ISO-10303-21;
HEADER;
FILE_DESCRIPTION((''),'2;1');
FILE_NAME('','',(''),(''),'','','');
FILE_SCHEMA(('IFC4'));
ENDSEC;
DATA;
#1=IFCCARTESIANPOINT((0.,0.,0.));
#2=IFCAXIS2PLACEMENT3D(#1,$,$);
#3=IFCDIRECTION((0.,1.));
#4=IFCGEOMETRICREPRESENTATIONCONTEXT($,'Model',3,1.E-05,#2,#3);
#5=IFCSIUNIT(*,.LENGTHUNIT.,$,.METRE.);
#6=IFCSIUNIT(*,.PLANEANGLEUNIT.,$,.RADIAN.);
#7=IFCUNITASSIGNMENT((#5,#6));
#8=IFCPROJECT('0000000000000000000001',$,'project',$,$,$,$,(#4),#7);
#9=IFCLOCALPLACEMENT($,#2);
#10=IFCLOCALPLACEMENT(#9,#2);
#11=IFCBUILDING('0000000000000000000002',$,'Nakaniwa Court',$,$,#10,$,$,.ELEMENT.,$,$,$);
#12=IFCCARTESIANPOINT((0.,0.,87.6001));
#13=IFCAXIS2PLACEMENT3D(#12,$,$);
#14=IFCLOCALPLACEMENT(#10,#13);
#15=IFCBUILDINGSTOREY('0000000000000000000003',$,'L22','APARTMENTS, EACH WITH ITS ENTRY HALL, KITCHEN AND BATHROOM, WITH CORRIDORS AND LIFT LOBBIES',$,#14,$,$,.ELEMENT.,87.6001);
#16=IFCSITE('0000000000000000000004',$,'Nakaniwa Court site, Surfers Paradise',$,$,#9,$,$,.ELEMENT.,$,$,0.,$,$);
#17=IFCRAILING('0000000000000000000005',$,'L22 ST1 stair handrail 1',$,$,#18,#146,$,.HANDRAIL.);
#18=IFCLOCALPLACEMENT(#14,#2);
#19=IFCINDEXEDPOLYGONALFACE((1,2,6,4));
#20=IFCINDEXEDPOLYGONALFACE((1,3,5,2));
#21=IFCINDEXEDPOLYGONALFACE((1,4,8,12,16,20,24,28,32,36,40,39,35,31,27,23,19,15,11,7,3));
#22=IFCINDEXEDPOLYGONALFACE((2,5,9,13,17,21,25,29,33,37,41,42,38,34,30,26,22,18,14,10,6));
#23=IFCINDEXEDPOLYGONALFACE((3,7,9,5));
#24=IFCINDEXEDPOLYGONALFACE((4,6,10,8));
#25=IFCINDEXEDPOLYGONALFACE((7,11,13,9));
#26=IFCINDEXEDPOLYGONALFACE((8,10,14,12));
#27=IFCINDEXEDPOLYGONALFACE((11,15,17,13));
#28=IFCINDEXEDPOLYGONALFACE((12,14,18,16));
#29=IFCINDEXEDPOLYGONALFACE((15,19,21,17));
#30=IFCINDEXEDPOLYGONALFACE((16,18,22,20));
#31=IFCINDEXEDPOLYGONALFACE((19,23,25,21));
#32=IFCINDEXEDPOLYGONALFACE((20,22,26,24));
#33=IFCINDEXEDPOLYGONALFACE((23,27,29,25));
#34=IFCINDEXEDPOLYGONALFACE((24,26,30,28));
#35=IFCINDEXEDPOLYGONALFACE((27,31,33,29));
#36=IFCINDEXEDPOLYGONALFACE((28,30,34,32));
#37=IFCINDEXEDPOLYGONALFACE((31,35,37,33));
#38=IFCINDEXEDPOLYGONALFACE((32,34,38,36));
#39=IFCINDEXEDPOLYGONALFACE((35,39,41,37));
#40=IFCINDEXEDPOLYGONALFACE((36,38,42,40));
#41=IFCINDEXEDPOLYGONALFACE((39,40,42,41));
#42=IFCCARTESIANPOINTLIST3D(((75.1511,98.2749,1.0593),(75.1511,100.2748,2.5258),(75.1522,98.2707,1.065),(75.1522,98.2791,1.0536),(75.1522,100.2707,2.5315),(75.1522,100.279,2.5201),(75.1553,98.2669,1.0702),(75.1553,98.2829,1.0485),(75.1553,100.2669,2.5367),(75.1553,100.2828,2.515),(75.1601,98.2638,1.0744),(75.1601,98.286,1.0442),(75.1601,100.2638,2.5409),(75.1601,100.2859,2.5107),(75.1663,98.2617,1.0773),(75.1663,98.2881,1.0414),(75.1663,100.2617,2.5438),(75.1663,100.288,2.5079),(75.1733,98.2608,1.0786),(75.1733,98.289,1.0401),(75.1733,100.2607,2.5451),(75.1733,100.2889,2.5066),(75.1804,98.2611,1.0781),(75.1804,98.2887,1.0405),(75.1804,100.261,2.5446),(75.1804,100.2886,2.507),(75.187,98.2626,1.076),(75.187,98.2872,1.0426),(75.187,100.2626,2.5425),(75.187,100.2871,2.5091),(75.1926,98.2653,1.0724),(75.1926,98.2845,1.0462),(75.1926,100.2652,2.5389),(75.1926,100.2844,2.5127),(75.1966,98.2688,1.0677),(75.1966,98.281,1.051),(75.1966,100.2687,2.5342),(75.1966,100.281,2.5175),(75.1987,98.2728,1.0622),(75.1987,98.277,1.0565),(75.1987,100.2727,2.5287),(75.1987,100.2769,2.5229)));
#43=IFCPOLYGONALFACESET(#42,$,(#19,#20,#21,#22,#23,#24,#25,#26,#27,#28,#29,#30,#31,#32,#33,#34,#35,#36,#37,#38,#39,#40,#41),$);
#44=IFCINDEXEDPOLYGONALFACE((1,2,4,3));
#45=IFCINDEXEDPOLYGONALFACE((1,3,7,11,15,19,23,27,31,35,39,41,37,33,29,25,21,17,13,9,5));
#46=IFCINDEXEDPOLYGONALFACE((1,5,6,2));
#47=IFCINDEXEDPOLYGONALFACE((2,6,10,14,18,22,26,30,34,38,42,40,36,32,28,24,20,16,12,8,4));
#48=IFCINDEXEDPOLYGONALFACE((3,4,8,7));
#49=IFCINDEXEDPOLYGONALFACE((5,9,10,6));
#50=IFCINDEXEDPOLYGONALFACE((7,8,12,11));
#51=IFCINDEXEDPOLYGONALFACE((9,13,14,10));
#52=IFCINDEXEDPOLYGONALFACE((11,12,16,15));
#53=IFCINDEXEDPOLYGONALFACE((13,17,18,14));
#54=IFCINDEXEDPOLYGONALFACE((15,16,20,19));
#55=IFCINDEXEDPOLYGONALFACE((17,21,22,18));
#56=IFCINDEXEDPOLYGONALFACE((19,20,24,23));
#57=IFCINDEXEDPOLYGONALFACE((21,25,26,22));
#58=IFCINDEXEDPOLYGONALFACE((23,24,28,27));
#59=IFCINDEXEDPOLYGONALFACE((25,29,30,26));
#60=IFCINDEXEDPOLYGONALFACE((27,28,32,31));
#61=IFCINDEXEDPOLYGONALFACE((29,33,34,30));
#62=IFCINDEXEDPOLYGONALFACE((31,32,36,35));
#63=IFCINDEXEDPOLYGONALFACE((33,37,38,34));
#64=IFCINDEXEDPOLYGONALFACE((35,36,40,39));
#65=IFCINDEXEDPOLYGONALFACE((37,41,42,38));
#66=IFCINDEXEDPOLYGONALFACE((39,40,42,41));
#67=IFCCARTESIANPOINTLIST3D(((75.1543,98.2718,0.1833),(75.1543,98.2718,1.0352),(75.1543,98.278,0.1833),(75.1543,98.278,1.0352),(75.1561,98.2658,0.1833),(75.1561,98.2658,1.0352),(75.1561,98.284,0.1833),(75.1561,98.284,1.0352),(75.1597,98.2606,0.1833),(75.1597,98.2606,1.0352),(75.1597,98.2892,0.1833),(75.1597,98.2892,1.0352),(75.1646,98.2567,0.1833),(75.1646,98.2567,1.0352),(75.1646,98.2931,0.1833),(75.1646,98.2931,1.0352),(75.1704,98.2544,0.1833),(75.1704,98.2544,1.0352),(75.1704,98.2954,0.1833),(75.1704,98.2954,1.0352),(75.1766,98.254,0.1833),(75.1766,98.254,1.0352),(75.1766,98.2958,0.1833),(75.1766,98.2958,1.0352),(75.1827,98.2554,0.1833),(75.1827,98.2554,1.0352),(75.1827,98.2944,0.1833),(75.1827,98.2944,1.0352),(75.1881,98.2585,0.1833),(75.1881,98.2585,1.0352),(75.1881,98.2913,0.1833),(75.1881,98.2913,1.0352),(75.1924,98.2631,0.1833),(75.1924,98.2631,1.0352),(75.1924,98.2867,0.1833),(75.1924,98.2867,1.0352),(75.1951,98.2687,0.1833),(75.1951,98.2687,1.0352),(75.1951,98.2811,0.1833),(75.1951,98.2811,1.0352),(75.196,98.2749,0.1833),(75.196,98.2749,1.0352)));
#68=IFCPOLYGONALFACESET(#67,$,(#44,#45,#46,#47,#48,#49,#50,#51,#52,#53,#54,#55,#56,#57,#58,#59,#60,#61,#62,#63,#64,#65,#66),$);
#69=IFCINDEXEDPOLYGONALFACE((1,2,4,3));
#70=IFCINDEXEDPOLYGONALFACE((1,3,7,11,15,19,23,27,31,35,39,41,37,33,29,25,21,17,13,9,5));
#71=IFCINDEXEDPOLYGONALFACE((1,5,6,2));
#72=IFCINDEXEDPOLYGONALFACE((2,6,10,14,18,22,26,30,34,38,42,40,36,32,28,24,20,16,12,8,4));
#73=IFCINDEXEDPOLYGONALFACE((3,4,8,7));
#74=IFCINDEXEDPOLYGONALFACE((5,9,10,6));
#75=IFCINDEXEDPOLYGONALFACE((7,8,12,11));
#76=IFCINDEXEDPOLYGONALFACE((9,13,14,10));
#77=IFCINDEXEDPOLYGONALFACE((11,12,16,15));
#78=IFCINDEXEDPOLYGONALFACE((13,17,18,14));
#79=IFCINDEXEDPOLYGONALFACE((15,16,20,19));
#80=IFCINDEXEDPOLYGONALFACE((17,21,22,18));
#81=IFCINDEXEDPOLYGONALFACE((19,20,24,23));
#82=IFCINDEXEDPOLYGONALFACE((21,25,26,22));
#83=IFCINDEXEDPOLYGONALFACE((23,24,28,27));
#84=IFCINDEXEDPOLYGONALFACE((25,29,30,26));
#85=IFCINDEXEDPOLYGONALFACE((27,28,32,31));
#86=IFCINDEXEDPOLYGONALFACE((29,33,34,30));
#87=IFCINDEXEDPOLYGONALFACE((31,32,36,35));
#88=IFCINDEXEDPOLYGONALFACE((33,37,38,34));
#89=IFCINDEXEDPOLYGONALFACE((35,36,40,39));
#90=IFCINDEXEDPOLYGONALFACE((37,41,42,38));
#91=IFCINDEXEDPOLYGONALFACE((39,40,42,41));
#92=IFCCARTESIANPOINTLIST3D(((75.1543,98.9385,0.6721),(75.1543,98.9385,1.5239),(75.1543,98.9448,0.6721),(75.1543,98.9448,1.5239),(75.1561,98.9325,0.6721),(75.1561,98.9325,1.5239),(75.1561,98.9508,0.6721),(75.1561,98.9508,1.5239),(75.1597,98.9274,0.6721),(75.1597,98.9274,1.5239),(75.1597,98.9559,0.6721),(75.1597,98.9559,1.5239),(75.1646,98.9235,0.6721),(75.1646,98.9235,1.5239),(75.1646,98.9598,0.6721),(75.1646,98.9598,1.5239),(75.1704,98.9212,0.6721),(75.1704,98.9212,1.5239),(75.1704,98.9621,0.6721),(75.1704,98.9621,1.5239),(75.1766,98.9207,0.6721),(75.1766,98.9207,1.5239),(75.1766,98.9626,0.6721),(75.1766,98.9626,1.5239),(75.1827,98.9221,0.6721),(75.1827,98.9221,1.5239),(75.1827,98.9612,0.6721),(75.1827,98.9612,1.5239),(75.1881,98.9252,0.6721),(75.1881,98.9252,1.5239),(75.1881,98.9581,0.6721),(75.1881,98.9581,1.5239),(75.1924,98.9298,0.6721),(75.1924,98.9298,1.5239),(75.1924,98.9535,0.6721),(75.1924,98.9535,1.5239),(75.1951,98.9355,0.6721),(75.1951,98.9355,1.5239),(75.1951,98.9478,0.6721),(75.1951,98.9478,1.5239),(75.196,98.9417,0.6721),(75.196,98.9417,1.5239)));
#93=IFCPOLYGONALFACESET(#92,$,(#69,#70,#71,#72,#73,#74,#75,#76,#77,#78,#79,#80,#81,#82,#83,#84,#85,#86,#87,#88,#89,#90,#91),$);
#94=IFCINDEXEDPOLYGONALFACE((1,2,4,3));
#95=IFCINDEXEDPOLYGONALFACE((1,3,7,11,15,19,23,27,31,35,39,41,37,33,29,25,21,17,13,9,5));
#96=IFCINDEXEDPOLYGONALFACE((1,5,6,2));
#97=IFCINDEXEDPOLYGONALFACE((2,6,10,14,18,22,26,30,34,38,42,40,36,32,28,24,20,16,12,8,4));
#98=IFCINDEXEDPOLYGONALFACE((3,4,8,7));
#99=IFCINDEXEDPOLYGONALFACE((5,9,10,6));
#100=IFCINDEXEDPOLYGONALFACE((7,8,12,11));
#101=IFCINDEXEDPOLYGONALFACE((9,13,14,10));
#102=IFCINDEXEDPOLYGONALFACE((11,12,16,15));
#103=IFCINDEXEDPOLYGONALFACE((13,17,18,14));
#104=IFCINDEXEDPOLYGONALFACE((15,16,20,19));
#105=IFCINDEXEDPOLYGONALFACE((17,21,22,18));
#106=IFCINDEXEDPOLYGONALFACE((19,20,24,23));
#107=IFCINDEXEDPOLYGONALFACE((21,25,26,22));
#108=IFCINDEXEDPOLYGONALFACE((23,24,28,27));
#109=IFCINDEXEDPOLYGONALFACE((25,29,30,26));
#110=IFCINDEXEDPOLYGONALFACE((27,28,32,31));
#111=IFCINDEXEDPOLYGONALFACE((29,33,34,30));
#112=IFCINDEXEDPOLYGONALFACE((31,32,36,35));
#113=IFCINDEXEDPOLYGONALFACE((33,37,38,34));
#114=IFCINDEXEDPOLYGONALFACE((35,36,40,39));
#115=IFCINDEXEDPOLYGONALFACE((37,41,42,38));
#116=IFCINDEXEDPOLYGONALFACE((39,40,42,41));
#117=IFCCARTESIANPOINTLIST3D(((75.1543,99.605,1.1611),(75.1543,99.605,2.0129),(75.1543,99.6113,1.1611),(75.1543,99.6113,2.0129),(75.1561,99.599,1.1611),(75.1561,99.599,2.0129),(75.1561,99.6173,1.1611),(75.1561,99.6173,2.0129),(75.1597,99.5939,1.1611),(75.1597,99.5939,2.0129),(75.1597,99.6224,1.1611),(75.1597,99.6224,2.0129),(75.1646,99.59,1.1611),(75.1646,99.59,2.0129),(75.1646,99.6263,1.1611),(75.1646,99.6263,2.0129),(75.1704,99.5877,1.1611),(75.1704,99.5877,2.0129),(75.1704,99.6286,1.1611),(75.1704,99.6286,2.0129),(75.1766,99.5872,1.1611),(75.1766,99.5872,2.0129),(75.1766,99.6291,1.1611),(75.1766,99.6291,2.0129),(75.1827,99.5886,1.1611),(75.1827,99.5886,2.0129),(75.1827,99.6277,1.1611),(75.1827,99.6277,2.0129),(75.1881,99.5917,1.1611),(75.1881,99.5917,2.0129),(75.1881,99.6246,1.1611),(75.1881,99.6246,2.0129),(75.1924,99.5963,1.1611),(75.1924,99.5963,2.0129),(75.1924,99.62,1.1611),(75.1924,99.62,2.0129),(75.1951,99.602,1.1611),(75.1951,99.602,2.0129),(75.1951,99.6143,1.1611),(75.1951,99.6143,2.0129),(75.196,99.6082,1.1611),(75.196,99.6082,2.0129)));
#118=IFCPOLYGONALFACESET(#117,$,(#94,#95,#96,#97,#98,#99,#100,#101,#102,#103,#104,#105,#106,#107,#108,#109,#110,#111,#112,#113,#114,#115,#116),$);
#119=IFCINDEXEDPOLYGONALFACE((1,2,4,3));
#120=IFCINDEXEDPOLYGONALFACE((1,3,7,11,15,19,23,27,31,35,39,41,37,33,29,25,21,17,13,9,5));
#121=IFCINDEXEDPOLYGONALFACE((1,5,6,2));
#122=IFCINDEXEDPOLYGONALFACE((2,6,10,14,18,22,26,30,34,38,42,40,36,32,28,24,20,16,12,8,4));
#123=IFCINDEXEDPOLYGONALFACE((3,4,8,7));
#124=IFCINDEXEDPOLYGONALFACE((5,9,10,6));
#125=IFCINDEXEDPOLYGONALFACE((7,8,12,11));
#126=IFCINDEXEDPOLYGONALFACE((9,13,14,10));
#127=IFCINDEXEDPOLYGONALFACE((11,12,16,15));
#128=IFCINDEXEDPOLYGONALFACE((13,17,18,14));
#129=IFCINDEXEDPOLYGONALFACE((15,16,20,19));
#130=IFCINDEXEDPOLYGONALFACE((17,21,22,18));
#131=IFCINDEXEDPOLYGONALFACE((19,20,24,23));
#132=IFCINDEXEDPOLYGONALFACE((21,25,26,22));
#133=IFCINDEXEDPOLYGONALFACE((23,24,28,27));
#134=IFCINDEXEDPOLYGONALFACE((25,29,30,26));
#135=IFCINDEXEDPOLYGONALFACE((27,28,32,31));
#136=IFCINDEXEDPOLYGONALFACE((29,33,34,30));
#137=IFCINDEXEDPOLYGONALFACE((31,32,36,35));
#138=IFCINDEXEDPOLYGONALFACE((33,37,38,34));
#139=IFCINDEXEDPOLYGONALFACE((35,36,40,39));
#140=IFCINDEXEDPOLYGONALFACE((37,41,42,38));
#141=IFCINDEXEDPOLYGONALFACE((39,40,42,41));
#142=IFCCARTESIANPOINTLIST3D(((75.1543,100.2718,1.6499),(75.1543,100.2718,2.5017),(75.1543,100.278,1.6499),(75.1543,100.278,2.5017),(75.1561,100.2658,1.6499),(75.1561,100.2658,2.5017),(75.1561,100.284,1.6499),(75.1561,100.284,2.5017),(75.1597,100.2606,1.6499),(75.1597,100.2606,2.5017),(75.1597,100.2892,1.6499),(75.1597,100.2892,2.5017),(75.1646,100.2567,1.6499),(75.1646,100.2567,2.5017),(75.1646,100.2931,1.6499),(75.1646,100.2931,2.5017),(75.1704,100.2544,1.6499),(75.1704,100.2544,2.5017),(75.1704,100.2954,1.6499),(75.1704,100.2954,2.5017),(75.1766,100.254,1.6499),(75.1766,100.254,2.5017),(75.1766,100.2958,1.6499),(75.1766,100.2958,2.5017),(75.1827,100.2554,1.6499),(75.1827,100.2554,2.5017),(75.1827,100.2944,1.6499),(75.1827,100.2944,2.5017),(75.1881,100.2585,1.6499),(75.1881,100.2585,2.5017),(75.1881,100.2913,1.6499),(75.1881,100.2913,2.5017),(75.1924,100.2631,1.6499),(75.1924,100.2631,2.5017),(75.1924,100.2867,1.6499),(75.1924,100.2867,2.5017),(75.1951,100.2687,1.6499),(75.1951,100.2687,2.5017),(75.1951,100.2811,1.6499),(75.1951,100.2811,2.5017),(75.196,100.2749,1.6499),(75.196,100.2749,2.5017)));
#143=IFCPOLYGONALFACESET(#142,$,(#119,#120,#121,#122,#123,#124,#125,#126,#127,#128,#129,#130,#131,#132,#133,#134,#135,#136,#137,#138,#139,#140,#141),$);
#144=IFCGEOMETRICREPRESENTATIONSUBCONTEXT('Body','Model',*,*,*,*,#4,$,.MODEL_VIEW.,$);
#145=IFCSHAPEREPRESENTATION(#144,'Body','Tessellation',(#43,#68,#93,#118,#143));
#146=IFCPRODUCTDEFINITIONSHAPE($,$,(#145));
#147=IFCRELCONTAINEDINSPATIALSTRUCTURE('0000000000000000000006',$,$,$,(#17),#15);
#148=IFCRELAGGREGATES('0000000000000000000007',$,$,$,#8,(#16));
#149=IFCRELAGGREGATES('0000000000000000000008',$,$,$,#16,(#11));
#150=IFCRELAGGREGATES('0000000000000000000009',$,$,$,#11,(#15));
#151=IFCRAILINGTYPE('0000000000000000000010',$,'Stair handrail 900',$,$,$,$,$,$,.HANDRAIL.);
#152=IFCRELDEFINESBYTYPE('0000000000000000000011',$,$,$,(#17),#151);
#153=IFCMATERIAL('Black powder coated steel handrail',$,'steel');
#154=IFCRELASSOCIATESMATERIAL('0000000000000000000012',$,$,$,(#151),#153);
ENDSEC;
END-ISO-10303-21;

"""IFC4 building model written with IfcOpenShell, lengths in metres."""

from ifc_helpers import new_model, si_unit, direction, frame, origin, origin_2d, place, context, subcontext, project, spatial, circle, extrude, material, type_object, element, save


model = new_model("IFC4")

# Units and contexts
model_context = context("Model", 3, precision=1e-05, world=origin(), true_north=direction((0.0, 1.0)))
body_context = subcontext(model_context, "Body", "Model", "MODEL_VIEW")
ifc_project = project(units=[si_unit("LENGTHUNIT", "METRE"), si_unit("PLANEANGLEUNIT", "RADIAN")], contexts=[model_context])

# Site, building, storey
site_placement = place(None, origin())
site = spatial("IfcSite", under=ifc_project, at=site_placement, Name="Nakaniwa Court site, Surfers Paradise", CompositionType="ELEMENT", RefElevation=0.0)
building_placement = place(site_placement, origin())
building = spatial("IfcBuilding", under=site, at=building_placement, Name="Nakaniwa Court", CompositionType="ELEMENT")
storey_placement = place(building_placement, frame((0.0, 0.0, 87.6001)))
storey = spatial("IfcBuildingStorey", under=building, at=storey_placement, Name="L22", Description="APARTMENTS, EACH WITH ITS ENTRY HALL, KITCHEN AND BATHROOM, WITH CORRIDORS AND LIFT LOBBIES", CompositionType="ELEMENT", Elevation=87.6001)

# Railing
ifc_material_1 = material(Name="Black powder coated steel handrail", Category="steel")
railing_type_1 = type_object("IfcRailingType", Name="Stair handrail 900", PredefinedType="HANDRAIL", material=ifc_material_1)
railing_1_placement = place(storey_placement, frame((75.175, 98.2749, 0.1833)))
element("IfcRailing", 1, at=railing_1_placement, inside=storey, type_object=railing_type_1, Name="L22 ST1 stair handrail 1", PredefinedType="HANDRAIL", context=body_context, shape_type="SweptSolid", body=[
    extrude(circle(Radius=0.0239, at=origin_2d()), frame((0.0, 0.0, 0.876), z_axis=(0.0, 0.806427, 0.591334), x_axis=(-1.0, 0.0, 0.0)), (0.0, 0.0, 1.0), 2.48),
    extrude(circle(Radius=0.021, at=origin_2d()), origin(), (0.0, 0.0, 1.0), 0.8518),
    extrude(circle(Radius=0.021, at=origin_2d()), frame((0.0, 0.6667, 0.4888)), (0.0, 0.0, 1.0), 0.8518),
    extrude(circle(Radius=0.021, at=origin_2d()), frame((0.0, 1.3333, 0.9778)), (0.0, 0.0, 1.0), 0.8518),
    extrude(circle(Radius=0.021, at=origin_2d()), frame((0.0, 2.0, 1.4666)), (0.0, 0.0, 1.0), 0.8518),
])

save(model, "model.ifc")
